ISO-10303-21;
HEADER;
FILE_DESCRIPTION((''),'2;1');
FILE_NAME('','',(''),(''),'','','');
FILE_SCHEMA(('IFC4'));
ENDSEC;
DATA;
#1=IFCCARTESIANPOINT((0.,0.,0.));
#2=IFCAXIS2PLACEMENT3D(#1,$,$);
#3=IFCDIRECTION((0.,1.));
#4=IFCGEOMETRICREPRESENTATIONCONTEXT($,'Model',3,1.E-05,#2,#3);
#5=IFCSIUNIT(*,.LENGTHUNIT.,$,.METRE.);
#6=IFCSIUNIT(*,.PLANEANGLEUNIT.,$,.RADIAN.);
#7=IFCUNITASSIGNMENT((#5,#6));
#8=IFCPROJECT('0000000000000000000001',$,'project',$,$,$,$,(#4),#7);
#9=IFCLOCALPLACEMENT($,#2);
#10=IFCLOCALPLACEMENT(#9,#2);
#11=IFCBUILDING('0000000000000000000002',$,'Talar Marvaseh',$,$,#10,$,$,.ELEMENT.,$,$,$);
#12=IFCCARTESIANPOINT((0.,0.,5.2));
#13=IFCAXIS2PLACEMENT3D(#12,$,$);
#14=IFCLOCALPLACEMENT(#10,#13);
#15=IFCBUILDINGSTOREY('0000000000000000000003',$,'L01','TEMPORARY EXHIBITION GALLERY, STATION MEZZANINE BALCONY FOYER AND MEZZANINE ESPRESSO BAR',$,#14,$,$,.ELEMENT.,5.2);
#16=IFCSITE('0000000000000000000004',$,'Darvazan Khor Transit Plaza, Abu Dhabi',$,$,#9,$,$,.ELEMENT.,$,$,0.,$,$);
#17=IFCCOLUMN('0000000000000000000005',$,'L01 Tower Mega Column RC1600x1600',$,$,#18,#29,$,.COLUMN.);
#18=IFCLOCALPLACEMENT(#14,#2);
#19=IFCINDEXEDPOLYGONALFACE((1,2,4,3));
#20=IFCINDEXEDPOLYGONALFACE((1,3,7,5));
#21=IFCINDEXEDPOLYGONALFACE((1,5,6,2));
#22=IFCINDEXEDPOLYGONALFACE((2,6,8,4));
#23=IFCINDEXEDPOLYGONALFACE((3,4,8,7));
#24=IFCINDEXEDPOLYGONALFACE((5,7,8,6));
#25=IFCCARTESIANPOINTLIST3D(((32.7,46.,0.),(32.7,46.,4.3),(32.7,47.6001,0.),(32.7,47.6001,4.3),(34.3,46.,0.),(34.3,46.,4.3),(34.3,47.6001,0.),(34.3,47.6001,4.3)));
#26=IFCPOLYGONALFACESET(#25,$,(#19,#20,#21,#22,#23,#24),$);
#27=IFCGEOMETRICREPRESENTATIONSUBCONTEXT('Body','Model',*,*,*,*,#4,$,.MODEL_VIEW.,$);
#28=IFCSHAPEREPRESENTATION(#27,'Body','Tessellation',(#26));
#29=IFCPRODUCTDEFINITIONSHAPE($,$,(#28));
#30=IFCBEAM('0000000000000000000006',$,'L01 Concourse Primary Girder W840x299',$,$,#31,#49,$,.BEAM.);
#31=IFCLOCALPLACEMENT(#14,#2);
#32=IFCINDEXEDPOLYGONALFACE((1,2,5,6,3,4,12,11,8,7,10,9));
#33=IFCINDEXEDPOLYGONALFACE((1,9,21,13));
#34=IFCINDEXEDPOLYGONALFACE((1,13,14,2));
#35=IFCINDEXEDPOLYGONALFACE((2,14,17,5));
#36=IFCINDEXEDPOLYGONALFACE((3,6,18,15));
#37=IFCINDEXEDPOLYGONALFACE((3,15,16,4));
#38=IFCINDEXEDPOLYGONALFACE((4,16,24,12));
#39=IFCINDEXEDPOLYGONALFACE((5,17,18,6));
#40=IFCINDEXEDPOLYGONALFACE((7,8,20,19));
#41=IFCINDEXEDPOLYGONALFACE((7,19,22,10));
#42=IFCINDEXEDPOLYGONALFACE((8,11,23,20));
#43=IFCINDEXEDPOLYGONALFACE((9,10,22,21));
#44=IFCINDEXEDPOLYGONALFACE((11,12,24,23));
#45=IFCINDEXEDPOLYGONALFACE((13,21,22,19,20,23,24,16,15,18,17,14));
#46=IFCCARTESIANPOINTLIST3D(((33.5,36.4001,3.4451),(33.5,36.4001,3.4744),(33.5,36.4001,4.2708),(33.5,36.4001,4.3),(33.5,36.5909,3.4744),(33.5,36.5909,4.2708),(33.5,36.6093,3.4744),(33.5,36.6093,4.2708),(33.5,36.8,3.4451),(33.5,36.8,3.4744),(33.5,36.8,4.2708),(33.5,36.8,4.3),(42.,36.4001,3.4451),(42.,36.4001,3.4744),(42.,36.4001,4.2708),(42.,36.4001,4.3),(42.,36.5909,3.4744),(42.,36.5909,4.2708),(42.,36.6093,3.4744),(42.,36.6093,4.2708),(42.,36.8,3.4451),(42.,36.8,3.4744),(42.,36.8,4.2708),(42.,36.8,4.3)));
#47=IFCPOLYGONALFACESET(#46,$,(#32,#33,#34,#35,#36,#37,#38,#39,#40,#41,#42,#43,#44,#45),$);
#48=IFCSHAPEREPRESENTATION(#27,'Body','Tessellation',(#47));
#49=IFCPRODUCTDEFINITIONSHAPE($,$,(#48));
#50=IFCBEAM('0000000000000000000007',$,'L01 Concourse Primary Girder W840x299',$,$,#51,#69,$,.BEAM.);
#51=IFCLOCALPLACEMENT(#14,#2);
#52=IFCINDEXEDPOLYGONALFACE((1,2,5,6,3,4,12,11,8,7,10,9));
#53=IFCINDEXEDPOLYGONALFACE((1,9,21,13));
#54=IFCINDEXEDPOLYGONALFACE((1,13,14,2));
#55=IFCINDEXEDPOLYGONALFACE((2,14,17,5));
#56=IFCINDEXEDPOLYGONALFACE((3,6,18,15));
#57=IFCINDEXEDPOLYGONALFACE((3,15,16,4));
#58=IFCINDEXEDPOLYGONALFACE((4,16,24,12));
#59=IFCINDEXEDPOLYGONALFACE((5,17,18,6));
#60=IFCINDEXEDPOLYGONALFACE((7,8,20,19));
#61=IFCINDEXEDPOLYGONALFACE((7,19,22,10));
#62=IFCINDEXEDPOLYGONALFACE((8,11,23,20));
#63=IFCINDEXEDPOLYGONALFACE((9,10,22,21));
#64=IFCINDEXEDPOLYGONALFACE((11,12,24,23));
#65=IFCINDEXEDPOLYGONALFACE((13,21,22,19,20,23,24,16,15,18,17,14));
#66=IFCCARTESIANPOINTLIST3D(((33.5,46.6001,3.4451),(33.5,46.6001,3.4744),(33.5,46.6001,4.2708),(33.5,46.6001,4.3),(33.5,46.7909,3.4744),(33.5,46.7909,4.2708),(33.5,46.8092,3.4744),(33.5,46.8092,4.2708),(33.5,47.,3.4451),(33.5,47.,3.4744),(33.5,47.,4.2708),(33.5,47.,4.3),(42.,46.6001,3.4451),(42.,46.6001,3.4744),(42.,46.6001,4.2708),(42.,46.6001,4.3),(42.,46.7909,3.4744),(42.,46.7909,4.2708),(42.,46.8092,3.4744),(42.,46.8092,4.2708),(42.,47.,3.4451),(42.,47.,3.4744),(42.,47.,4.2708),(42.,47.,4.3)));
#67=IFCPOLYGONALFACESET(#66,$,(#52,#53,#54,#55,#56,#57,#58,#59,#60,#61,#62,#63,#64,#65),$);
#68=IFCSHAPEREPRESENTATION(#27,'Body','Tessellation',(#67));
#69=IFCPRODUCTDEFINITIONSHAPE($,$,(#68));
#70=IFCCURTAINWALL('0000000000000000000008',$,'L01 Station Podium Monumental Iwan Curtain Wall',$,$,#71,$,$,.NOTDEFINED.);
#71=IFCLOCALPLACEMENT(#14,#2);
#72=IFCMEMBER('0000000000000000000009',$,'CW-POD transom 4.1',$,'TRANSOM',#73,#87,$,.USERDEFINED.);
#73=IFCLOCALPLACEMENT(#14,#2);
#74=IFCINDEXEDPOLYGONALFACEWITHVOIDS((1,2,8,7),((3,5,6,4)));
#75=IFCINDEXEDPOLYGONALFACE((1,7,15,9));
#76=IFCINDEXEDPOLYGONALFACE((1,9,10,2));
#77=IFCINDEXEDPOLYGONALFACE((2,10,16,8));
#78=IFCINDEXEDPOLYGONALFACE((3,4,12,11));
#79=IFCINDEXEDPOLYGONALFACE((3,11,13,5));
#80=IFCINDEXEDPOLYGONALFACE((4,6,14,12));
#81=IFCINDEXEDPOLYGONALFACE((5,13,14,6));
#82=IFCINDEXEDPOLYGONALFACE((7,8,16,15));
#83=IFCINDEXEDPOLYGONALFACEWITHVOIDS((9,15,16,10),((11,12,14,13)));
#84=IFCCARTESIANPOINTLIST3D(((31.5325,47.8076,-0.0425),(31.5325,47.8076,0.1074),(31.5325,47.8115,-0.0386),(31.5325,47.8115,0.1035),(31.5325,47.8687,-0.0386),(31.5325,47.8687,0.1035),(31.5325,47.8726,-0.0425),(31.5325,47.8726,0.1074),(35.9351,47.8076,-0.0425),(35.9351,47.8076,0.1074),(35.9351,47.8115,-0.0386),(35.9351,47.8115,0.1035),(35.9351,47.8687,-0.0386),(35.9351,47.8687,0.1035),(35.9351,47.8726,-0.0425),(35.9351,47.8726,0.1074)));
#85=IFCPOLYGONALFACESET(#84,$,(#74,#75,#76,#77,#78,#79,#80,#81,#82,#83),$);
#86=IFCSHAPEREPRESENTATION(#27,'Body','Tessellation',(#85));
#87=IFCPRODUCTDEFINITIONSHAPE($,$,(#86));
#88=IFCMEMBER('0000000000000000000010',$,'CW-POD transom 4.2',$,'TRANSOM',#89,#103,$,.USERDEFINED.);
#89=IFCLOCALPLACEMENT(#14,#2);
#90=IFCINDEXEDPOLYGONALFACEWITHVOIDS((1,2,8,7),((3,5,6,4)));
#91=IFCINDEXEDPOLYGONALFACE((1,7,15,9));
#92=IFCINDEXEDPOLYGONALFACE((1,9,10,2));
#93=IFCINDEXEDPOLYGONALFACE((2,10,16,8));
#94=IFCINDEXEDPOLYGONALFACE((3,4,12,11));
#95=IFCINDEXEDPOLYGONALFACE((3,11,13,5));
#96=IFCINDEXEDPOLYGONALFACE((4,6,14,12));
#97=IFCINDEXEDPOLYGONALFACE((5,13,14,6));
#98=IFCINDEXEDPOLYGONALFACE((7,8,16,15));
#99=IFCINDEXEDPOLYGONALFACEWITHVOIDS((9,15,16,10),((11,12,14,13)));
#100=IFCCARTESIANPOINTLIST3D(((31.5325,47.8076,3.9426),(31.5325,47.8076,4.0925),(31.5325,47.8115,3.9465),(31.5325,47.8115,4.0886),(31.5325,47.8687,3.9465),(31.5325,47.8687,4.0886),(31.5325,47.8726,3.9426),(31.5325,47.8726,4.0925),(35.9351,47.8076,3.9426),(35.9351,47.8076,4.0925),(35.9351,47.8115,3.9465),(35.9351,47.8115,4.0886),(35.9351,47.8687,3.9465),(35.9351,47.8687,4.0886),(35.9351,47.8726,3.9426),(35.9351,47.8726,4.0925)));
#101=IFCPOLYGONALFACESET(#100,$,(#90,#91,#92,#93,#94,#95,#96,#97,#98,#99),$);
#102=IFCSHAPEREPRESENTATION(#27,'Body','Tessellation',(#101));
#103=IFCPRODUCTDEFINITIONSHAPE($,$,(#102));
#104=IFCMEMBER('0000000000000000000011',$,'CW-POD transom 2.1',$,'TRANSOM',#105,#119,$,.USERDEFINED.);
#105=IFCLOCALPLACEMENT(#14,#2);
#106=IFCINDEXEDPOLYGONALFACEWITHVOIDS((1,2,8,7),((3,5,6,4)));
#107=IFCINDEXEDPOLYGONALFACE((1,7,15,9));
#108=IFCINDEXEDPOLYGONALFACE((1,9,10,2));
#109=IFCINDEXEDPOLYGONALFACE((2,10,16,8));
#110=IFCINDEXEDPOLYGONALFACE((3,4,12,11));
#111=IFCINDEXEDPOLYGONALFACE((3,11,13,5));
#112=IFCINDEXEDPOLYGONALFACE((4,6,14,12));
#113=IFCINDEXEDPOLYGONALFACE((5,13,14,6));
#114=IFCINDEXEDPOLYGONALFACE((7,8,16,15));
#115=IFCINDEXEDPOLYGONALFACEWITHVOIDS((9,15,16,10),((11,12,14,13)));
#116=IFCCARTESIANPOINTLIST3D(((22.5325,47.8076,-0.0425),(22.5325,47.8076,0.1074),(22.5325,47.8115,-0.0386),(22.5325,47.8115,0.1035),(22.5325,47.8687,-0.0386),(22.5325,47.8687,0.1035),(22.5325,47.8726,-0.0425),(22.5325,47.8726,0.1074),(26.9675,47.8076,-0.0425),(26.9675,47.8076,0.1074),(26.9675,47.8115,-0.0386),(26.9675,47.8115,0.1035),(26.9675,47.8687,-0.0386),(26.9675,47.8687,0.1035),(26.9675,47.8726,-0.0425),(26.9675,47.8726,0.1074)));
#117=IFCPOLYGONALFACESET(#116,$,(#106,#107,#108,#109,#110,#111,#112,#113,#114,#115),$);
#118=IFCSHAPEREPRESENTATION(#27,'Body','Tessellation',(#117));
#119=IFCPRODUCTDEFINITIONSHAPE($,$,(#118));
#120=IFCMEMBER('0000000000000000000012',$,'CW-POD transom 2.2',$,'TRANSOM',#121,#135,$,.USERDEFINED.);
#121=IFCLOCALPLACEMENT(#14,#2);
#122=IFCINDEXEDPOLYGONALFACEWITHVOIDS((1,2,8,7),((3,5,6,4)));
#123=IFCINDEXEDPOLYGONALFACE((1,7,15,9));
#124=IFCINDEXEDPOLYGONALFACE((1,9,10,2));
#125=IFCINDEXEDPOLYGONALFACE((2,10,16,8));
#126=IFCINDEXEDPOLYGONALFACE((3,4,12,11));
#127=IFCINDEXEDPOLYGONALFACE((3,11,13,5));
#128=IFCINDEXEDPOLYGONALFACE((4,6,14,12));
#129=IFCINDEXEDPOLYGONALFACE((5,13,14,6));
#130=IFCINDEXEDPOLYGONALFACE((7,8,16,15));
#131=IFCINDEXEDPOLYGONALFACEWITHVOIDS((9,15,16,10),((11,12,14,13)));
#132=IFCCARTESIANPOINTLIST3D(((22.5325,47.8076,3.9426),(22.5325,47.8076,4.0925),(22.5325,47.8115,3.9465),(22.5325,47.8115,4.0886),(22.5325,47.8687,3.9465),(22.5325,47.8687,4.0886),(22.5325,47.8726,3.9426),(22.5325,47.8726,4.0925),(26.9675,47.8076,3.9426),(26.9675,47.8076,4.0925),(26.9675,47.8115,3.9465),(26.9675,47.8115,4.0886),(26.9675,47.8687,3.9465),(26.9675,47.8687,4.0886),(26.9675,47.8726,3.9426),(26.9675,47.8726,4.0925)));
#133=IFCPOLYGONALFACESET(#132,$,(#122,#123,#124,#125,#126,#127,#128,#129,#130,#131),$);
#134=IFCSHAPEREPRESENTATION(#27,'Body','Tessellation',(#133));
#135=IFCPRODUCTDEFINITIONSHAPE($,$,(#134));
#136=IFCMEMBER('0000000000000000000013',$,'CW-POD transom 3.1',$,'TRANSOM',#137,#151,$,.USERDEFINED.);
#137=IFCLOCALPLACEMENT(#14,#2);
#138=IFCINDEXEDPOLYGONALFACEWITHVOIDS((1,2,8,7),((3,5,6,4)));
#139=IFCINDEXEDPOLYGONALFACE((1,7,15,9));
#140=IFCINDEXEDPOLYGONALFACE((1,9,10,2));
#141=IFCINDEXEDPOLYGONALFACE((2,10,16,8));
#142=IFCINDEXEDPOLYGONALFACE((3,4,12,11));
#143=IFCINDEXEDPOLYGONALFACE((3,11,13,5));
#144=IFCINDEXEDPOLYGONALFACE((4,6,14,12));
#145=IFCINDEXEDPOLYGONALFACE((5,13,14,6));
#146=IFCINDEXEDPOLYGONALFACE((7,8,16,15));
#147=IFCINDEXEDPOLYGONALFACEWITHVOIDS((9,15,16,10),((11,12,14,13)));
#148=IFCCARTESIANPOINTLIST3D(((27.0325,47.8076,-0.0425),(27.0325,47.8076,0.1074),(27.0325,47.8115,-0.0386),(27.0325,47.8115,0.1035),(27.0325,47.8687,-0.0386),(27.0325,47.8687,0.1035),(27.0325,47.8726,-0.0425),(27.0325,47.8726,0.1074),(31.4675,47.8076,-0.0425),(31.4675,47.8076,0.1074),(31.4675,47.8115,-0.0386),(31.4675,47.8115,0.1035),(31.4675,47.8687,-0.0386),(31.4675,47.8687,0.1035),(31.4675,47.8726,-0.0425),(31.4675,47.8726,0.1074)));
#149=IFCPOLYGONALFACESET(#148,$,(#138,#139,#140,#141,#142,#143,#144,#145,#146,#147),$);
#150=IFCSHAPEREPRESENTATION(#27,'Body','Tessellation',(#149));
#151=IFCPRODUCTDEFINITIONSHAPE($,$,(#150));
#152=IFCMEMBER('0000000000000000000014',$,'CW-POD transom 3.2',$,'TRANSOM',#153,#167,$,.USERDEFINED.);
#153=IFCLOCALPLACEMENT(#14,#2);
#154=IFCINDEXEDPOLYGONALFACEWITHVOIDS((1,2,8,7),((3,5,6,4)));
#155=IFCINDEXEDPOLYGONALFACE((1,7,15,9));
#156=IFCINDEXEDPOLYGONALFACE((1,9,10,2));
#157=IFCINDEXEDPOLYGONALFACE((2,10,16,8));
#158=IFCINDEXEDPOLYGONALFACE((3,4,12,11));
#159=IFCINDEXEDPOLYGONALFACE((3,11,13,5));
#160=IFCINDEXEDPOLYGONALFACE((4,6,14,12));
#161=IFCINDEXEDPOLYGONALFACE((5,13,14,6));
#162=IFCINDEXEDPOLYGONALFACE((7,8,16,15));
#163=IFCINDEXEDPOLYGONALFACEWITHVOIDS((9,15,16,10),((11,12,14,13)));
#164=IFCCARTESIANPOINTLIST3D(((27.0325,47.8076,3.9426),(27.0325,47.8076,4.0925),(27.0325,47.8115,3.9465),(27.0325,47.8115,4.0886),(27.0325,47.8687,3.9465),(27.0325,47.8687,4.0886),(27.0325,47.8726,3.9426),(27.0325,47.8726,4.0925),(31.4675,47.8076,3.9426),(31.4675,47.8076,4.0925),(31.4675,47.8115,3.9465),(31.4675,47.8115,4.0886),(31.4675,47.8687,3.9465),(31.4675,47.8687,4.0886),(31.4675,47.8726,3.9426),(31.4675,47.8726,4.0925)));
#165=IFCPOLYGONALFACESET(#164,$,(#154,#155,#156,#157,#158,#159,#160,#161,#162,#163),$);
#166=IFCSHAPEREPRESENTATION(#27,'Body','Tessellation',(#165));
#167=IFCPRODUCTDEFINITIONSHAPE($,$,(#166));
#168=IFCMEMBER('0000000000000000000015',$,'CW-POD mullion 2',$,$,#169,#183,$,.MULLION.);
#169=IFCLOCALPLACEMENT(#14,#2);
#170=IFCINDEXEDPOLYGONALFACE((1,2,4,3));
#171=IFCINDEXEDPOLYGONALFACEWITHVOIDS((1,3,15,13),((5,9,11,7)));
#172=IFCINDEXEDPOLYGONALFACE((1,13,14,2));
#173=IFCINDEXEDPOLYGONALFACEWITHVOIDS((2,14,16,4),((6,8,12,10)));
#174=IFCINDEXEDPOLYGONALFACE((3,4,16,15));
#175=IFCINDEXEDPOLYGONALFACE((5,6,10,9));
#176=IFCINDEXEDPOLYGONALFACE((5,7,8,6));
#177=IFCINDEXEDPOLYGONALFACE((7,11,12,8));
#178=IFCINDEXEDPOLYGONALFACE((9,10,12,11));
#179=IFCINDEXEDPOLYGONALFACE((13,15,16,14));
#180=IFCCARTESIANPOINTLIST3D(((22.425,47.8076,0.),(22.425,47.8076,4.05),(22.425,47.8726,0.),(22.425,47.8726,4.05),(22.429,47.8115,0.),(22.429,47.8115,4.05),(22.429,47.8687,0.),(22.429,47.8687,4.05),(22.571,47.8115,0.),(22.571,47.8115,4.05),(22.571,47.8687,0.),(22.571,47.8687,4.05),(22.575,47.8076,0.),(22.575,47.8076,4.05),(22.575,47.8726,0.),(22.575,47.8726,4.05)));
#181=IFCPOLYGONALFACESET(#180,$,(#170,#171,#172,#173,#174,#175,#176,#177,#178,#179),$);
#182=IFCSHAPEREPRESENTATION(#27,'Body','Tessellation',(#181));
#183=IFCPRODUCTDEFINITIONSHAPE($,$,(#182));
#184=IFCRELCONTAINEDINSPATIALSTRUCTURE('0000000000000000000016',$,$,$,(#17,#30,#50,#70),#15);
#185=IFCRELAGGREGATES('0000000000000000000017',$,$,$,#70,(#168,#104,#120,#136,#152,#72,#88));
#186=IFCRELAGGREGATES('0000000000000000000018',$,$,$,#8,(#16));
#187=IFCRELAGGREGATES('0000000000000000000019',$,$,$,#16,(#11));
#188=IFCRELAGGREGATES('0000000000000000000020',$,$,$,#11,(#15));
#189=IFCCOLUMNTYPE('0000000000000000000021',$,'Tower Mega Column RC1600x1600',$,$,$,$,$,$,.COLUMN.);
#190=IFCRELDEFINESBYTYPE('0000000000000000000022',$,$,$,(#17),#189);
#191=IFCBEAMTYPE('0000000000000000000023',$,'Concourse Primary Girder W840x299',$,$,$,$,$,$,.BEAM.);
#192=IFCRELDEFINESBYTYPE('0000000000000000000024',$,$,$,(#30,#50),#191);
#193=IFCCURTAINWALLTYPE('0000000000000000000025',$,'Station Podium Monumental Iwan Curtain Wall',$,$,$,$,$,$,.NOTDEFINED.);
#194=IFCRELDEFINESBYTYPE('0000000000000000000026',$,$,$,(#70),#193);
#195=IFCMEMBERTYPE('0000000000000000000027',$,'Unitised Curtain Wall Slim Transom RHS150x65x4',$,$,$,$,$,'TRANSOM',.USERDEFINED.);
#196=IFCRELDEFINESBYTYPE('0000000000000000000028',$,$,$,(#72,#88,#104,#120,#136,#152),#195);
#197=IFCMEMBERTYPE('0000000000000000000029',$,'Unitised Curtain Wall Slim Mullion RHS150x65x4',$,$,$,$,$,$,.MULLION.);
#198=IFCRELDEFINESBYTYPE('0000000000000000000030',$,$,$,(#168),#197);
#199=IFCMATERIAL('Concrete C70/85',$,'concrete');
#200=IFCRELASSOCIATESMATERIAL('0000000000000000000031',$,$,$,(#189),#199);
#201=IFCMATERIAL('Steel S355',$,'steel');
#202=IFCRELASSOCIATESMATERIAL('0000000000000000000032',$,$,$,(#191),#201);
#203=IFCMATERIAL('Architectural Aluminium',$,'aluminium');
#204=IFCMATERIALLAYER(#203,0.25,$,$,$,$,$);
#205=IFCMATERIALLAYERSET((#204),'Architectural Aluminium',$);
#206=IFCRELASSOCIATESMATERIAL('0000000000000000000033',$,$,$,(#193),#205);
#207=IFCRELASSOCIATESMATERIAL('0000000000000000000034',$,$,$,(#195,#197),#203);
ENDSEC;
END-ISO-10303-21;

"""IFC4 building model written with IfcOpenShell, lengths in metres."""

from ifc_helpers import new_model, si_unit, direction, frame, origin, origin_2d, place, context, subcontext, project, spatial, rectangle, hollow_rectangle, i_section, extrude, source, transform, mapped, material, layer, layer_set, material_profile, profile_set, type_object, type_shapes, element, aggregate, save


model = new_model("IFC4")

# Units and contexts
model_context = context("Model", 3, precision=1e-05, world=origin(), true_north=direction((0.0, 1.0)))
body_context = subcontext(model_context, "Body", "Model", "MODEL_VIEW")
ifc_project = project(units=[si_unit("LENGTHUNIT", "METRE"), si_unit("PLANEANGLEUNIT", "RADIAN")], contexts=[model_context])

# Site, building, storey
site_placement = place(None, origin())
site = spatial("IfcSite", under=ifc_project, at=site_placement, Name="Darvazan Khor Transit Plaza, Abu Dhabi", CompositionType="ELEMENT", RefElevation=0.0)
building_placement = place(site_placement, origin())
building = spatial("IfcBuilding", under=site, at=building_placement, Name="Talar Marvaseh", CompositionType="ELEMENT")
storey_placement = place(building_placement, frame((0.0, 0.0, 5.2)))
storey = spatial("IfcBuildingStorey", under=building, at=storey_placement, Name="L01", Description="TEMPORARY EXHIBITION GALLERY, STATION MEZZANINE BALCONY FOYER AND MEZZANINE ESPRESSO BAR", CompositionType="ELEMENT", Elevation=5.2)

# Column
ifc_material_1 = material(Name="Concrete C70/85", Category="concrete")
ifc_material_profile_1 = material_profile(ifc_material_1, rectangle(XDim=1.6001, YDim=1.6001, at=origin_2d()), Name="RC1600x1600")
ifc_profile_set_1 = profile_set([ifc_material_profile_1], Name="Concrete C70/85")
column_type = type_object("IfcColumnType", Name="Tower Mega Column RC1600x1600", PredefinedType="COLUMN", material=ifc_profile_set_1)
column_placement = place(storey_placement, frame((33.5, 46.8, 0.0), z_axis=(0.0, 0.0, 1.0), x_axis=(1.0, 0.0, 0.0)))
element("IfcColumn", 1, at=column_placement, inside=storey, type_object=column_type, Name="L01 Tower Mega Column RC1600x1600", PredefinedType="COLUMN", context=body_context, shape_type="SweptSolid", body=[
    extrude(rectangle(XDim=1.6001, YDim=1.6001, at=origin_2d()), origin(), (0.0, 0.0, 1.0), 4.3),
])

# Beams
ifc_material_2 = material(Name="Steel S355", Category="steel")
ifc_material_profile_2 = material_profile(ifc_material_2, i_section(OverallWidth=0.3999, OverallDepth=0.855, WebThickness=0.0183, FlangeThickness=0.0293, at=origin_2d()), Name="W840x299")
ifc_profile_set_2 = profile_set([ifc_material_profile_2], Name="Steel S355")
beam_type = type_object("IfcBeamType", Name="Concourse Primary Girder W840x299", PredefinedType="BEAM", material=ifc_profile_set_2)
for number, where, z_axis, x_axis, name in (
    (2, (33.5, 36.6001, 3.8726), (1.0, 0.0, 0.0), (0.0, 1.0, 0.0), "L01 Concourse Primary Girder W840x299"),
    (3, (33.5, 46.8, 3.8726), (1.0, 0.0, 0.0), (0.0, 1.0, 0.0), "L01 Concourse Primary Girder W840x299"),
):
    element("IfcBeam", number, at=place(storey_placement, frame(where, z_axis=z_axis, x_axis=x_axis)), inside=storey, type_object=beam_type, Name=name, PredefinedType="BEAM", context=body_context, shape_type="SweptSolid", body=[
        extrude(i_section(OverallWidth=0.3999, OverallDepth=0.855, WebThickness=0.0183, FlangeThickness=0.0293, at=origin_2d()), origin(), (0.0, 0.0, 1.0), 8.5),
    ])

# Curtain wall, members
ifc_material_3 = material(Name="Architectural Aluminium", Category="aluminium")
ifc_layer_1 = layer(ifc_material_3, 0.25)
ifc_layer_set_1 = layer_set([ifc_layer_1], Name="Architectural Aluminium")
curtain_wall_type = type_object("IfcCurtainWallType", Name="Station Podium Monumental Iwan Curtain Wall", PredefinedType="NOTDEFINED", material=ifc_layer_set_1)
curtain_wall_placement = place(storey_placement, origin())
curtain_wall = element("IfcCurtainWall", 4, at=curtain_wall_placement, inside=storey, type_object=curtain_wall_type, Name="L01 Station Podium Monumental Iwan Curtain Wall", PredefinedType="NOTDEFINED")
ifc_material_profile_3 = material_profile(ifc_material_3, hollow_rectangle(XDim=0.0649, YDim=0.1499, WallThickness=0.0039, at=origin_2d()), Name="RHS150x65x4")
ifc_profile_set_3 = profile_set([ifc_material_profile_3], Name="Architectural Aluminium")
member_type_1 = type_object("IfcMemberType", Name="Unitised Curtain Wall Slim Transom RHS150x65x4", ElementType="TRANSOM", PredefinedType="USERDEFINED", material=ifc_profile_set_3)
shared_shape_1 = source(origin(), body_context, "Body", "SweptSolid", [
    extrude(hollow_rectangle(XDim=0.0649, YDim=0.1499, WallThickness=0.0039, at=origin_2d()), origin(), (0.0, 0.0, 1.0), 4.4026),
])
member_1_placement = place(storey_placement, frame((31.5325, 47.8401, 0.0325), z_axis=(1.0, 0.0, 0.0), x_axis=(0.0, 1.0, 0.0)))
member_1 = element("IfcMember", 5, at=member_1_placement, type_object=member_type_1, Name="CW-POD transom 4.1", ObjectType="TRANSOM", PredefinedType="USERDEFINED", context=body_context, shape_type="MappedRepresentation", body=[
    mapped(shared_shape_1, transform((0.0, 0.0, 0.0), x_axis=(1.0, 0.0, 0.0), y_axis=(0.0, 1.0, 0.0), z_axis=(0.0, 0.0, 1.0), scale=1.0)),
])
member_2_placement = place(storey_placement, frame((31.5325, 47.8401, 4.0176), z_axis=(1.0, 0.0, 0.0), x_axis=(0.0, 1.0, 0.0)))
member_2 = element("IfcMember", 6, at=member_2_placement, type_object=member_type_1, Name="CW-POD transom 4.2", ObjectType="TRANSOM", PredefinedType="USERDEFINED", context=body_context, shape_type="MappedRepresentation", body=[
    mapped(shared_shape_1, transform((0.0, 0.0, 0.0), x_axis=(1.0, 0.0, 0.0), y_axis=(0.0, 1.0, 0.0), z_axis=(0.0, 0.0, 1.0), scale=1.0)),
])
shared_shape_2 = source(origin(), body_context, "Body", "SweptSolid", [
    extrude(hollow_rectangle(XDim=0.0649, YDim=0.1499, WallThickness=0.0039, at=origin_2d()), origin(), (0.0, 0.0, 1.0), 4.4351),
])
type_shapes(member_type_1, [shared_shape_1, shared_shape_2])
member_3_placement = place(storey_placement, frame((22.5325, 47.8401, 0.0325), z_axis=(1.0, 0.0, 0.0), x_axis=(0.0, 1.0, 0.0)))
member_3 = element("IfcMember", 7, at=member_3_placement, type_object=member_type_1, Name="CW-POD transom 2.1", ObjectType="TRANSOM", PredefinedType="USERDEFINED", context=body_context, shape_type="MappedRepresentation", body=[
    mapped(shared_shape_2, transform((0.0, 0.0, 0.0), x_axis=(1.0, 0.0, 0.0), y_axis=(0.0, 1.0, 0.0), z_axis=(0.0, 0.0, 1.0), scale=1.0)),
])
member_4_placement = place(storey_placement, frame((22.5325, 47.8401, 4.0176), z_axis=(1.0, 0.0, 0.0), x_axis=(0.0, 1.0, 0.0)))
member_4 = element("IfcMember", 8, at=member_4_placement, type_object=member_type_1, Name="CW-POD transom 2.2", ObjectType="TRANSOM", PredefinedType="USERDEFINED", context=body_context, shape_type="MappedRepresentation", body=[
    mapped(shared_shape_2, transform((0.0, 0.0, 0.0), x_axis=(1.0, 0.0, 0.0), y_axis=(0.0, 1.0, 0.0), z_axis=(0.0, 0.0, 1.0), scale=1.0)),
])
member_5_placement = place(storey_placement, frame((27.0325, 47.8401, 0.0325), z_axis=(1.0, 0.0, 0.0), x_axis=(0.0, 1.0, 0.0)))
member_5 = element("IfcMember", 9, at=member_5_placement, type_object=member_type_1, Name="CW-POD transom 3.1", ObjectType="TRANSOM", PredefinedType="USERDEFINED", context=body_context, shape_type="MappedRepresentation", body=[
    mapped(shared_shape_2, transform((0.0, 0.0, 0.0), x_axis=(1.0, 0.0, 0.0), y_axis=(0.0, 1.0, 0.0), z_axis=(0.0, 0.0, 1.0), scale=1.0)),
])
member_6_placement = place(storey_placement, frame((27.0325, 47.8401, 4.0176), z_axis=(1.0, 0.0, 0.0), x_axis=(0.0, 1.0, 0.0)))
member_6 = element("IfcMember", 10, at=member_6_placement, type_object=member_type_1, Name="CW-POD transom 3.2", ObjectType="TRANSOM", PredefinedType="USERDEFINED", context=body_context, shape_type="MappedRepresentation", body=[
    mapped(shared_shape_2, transform((0.0, 0.0, 0.0), x_axis=(1.0, 0.0, 0.0), y_axis=(0.0, 1.0, 0.0), z_axis=(0.0, 0.0, 1.0), scale=1.0)),
])
ifc_material_profile_4 = material_profile(ifc_material_3, hollow_rectangle(XDim=0.0649, YDim=0.1499, WallThickness=0.0039, at=origin_2d()), Name="RHS150x65x4")
ifc_profile_set_4 = profile_set([ifc_material_profile_4], Name="Architectural Aluminium")
member_type_2 = type_object("IfcMemberType", Name="Unitised Curtain Wall Slim Mullion RHS150x65x4", PredefinedType="MULLION", material=ifc_profile_set_4)
shared_shape_3 = source(origin(), body_context, "Body", "SweptSolid", [
    extrude(hollow_rectangle(XDim=0.0649, YDim=0.1499, WallThickness=0.0039, at=origin_2d()), origin(), (0.0, 0.0, 1.0), 4.05),
])
type_shapes(member_type_2, [shared_shape_3])
member_7_placement = place(storey_placement, frame((22.5, 47.8401, 0.0), z_axis=(0.0, 0.0, 1.0), x_axis=(0.0, 1.0, 0.0)))
member_7 = element("IfcMember", 11, at=member_7_placement, type_object=member_type_2, Name="CW-POD mullion 2", PredefinedType="MULLION", context=body_context, shape_type="MappedRepresentation", body=[
    mapped(shared_shape_3, transform((0.0, 0.0, 0.0), x_axis=(1.0, 0.0, 0.0), y_axis=(0.0, 1.0, 0.0), z_axis=(0.0, 0.0, 1.0), scale=1.0)),
])
aggregate(curtain_wall, [member_7, member_3, member_4, member_5, member_6, member_1, member_2])

save(model, "model.ifc")
